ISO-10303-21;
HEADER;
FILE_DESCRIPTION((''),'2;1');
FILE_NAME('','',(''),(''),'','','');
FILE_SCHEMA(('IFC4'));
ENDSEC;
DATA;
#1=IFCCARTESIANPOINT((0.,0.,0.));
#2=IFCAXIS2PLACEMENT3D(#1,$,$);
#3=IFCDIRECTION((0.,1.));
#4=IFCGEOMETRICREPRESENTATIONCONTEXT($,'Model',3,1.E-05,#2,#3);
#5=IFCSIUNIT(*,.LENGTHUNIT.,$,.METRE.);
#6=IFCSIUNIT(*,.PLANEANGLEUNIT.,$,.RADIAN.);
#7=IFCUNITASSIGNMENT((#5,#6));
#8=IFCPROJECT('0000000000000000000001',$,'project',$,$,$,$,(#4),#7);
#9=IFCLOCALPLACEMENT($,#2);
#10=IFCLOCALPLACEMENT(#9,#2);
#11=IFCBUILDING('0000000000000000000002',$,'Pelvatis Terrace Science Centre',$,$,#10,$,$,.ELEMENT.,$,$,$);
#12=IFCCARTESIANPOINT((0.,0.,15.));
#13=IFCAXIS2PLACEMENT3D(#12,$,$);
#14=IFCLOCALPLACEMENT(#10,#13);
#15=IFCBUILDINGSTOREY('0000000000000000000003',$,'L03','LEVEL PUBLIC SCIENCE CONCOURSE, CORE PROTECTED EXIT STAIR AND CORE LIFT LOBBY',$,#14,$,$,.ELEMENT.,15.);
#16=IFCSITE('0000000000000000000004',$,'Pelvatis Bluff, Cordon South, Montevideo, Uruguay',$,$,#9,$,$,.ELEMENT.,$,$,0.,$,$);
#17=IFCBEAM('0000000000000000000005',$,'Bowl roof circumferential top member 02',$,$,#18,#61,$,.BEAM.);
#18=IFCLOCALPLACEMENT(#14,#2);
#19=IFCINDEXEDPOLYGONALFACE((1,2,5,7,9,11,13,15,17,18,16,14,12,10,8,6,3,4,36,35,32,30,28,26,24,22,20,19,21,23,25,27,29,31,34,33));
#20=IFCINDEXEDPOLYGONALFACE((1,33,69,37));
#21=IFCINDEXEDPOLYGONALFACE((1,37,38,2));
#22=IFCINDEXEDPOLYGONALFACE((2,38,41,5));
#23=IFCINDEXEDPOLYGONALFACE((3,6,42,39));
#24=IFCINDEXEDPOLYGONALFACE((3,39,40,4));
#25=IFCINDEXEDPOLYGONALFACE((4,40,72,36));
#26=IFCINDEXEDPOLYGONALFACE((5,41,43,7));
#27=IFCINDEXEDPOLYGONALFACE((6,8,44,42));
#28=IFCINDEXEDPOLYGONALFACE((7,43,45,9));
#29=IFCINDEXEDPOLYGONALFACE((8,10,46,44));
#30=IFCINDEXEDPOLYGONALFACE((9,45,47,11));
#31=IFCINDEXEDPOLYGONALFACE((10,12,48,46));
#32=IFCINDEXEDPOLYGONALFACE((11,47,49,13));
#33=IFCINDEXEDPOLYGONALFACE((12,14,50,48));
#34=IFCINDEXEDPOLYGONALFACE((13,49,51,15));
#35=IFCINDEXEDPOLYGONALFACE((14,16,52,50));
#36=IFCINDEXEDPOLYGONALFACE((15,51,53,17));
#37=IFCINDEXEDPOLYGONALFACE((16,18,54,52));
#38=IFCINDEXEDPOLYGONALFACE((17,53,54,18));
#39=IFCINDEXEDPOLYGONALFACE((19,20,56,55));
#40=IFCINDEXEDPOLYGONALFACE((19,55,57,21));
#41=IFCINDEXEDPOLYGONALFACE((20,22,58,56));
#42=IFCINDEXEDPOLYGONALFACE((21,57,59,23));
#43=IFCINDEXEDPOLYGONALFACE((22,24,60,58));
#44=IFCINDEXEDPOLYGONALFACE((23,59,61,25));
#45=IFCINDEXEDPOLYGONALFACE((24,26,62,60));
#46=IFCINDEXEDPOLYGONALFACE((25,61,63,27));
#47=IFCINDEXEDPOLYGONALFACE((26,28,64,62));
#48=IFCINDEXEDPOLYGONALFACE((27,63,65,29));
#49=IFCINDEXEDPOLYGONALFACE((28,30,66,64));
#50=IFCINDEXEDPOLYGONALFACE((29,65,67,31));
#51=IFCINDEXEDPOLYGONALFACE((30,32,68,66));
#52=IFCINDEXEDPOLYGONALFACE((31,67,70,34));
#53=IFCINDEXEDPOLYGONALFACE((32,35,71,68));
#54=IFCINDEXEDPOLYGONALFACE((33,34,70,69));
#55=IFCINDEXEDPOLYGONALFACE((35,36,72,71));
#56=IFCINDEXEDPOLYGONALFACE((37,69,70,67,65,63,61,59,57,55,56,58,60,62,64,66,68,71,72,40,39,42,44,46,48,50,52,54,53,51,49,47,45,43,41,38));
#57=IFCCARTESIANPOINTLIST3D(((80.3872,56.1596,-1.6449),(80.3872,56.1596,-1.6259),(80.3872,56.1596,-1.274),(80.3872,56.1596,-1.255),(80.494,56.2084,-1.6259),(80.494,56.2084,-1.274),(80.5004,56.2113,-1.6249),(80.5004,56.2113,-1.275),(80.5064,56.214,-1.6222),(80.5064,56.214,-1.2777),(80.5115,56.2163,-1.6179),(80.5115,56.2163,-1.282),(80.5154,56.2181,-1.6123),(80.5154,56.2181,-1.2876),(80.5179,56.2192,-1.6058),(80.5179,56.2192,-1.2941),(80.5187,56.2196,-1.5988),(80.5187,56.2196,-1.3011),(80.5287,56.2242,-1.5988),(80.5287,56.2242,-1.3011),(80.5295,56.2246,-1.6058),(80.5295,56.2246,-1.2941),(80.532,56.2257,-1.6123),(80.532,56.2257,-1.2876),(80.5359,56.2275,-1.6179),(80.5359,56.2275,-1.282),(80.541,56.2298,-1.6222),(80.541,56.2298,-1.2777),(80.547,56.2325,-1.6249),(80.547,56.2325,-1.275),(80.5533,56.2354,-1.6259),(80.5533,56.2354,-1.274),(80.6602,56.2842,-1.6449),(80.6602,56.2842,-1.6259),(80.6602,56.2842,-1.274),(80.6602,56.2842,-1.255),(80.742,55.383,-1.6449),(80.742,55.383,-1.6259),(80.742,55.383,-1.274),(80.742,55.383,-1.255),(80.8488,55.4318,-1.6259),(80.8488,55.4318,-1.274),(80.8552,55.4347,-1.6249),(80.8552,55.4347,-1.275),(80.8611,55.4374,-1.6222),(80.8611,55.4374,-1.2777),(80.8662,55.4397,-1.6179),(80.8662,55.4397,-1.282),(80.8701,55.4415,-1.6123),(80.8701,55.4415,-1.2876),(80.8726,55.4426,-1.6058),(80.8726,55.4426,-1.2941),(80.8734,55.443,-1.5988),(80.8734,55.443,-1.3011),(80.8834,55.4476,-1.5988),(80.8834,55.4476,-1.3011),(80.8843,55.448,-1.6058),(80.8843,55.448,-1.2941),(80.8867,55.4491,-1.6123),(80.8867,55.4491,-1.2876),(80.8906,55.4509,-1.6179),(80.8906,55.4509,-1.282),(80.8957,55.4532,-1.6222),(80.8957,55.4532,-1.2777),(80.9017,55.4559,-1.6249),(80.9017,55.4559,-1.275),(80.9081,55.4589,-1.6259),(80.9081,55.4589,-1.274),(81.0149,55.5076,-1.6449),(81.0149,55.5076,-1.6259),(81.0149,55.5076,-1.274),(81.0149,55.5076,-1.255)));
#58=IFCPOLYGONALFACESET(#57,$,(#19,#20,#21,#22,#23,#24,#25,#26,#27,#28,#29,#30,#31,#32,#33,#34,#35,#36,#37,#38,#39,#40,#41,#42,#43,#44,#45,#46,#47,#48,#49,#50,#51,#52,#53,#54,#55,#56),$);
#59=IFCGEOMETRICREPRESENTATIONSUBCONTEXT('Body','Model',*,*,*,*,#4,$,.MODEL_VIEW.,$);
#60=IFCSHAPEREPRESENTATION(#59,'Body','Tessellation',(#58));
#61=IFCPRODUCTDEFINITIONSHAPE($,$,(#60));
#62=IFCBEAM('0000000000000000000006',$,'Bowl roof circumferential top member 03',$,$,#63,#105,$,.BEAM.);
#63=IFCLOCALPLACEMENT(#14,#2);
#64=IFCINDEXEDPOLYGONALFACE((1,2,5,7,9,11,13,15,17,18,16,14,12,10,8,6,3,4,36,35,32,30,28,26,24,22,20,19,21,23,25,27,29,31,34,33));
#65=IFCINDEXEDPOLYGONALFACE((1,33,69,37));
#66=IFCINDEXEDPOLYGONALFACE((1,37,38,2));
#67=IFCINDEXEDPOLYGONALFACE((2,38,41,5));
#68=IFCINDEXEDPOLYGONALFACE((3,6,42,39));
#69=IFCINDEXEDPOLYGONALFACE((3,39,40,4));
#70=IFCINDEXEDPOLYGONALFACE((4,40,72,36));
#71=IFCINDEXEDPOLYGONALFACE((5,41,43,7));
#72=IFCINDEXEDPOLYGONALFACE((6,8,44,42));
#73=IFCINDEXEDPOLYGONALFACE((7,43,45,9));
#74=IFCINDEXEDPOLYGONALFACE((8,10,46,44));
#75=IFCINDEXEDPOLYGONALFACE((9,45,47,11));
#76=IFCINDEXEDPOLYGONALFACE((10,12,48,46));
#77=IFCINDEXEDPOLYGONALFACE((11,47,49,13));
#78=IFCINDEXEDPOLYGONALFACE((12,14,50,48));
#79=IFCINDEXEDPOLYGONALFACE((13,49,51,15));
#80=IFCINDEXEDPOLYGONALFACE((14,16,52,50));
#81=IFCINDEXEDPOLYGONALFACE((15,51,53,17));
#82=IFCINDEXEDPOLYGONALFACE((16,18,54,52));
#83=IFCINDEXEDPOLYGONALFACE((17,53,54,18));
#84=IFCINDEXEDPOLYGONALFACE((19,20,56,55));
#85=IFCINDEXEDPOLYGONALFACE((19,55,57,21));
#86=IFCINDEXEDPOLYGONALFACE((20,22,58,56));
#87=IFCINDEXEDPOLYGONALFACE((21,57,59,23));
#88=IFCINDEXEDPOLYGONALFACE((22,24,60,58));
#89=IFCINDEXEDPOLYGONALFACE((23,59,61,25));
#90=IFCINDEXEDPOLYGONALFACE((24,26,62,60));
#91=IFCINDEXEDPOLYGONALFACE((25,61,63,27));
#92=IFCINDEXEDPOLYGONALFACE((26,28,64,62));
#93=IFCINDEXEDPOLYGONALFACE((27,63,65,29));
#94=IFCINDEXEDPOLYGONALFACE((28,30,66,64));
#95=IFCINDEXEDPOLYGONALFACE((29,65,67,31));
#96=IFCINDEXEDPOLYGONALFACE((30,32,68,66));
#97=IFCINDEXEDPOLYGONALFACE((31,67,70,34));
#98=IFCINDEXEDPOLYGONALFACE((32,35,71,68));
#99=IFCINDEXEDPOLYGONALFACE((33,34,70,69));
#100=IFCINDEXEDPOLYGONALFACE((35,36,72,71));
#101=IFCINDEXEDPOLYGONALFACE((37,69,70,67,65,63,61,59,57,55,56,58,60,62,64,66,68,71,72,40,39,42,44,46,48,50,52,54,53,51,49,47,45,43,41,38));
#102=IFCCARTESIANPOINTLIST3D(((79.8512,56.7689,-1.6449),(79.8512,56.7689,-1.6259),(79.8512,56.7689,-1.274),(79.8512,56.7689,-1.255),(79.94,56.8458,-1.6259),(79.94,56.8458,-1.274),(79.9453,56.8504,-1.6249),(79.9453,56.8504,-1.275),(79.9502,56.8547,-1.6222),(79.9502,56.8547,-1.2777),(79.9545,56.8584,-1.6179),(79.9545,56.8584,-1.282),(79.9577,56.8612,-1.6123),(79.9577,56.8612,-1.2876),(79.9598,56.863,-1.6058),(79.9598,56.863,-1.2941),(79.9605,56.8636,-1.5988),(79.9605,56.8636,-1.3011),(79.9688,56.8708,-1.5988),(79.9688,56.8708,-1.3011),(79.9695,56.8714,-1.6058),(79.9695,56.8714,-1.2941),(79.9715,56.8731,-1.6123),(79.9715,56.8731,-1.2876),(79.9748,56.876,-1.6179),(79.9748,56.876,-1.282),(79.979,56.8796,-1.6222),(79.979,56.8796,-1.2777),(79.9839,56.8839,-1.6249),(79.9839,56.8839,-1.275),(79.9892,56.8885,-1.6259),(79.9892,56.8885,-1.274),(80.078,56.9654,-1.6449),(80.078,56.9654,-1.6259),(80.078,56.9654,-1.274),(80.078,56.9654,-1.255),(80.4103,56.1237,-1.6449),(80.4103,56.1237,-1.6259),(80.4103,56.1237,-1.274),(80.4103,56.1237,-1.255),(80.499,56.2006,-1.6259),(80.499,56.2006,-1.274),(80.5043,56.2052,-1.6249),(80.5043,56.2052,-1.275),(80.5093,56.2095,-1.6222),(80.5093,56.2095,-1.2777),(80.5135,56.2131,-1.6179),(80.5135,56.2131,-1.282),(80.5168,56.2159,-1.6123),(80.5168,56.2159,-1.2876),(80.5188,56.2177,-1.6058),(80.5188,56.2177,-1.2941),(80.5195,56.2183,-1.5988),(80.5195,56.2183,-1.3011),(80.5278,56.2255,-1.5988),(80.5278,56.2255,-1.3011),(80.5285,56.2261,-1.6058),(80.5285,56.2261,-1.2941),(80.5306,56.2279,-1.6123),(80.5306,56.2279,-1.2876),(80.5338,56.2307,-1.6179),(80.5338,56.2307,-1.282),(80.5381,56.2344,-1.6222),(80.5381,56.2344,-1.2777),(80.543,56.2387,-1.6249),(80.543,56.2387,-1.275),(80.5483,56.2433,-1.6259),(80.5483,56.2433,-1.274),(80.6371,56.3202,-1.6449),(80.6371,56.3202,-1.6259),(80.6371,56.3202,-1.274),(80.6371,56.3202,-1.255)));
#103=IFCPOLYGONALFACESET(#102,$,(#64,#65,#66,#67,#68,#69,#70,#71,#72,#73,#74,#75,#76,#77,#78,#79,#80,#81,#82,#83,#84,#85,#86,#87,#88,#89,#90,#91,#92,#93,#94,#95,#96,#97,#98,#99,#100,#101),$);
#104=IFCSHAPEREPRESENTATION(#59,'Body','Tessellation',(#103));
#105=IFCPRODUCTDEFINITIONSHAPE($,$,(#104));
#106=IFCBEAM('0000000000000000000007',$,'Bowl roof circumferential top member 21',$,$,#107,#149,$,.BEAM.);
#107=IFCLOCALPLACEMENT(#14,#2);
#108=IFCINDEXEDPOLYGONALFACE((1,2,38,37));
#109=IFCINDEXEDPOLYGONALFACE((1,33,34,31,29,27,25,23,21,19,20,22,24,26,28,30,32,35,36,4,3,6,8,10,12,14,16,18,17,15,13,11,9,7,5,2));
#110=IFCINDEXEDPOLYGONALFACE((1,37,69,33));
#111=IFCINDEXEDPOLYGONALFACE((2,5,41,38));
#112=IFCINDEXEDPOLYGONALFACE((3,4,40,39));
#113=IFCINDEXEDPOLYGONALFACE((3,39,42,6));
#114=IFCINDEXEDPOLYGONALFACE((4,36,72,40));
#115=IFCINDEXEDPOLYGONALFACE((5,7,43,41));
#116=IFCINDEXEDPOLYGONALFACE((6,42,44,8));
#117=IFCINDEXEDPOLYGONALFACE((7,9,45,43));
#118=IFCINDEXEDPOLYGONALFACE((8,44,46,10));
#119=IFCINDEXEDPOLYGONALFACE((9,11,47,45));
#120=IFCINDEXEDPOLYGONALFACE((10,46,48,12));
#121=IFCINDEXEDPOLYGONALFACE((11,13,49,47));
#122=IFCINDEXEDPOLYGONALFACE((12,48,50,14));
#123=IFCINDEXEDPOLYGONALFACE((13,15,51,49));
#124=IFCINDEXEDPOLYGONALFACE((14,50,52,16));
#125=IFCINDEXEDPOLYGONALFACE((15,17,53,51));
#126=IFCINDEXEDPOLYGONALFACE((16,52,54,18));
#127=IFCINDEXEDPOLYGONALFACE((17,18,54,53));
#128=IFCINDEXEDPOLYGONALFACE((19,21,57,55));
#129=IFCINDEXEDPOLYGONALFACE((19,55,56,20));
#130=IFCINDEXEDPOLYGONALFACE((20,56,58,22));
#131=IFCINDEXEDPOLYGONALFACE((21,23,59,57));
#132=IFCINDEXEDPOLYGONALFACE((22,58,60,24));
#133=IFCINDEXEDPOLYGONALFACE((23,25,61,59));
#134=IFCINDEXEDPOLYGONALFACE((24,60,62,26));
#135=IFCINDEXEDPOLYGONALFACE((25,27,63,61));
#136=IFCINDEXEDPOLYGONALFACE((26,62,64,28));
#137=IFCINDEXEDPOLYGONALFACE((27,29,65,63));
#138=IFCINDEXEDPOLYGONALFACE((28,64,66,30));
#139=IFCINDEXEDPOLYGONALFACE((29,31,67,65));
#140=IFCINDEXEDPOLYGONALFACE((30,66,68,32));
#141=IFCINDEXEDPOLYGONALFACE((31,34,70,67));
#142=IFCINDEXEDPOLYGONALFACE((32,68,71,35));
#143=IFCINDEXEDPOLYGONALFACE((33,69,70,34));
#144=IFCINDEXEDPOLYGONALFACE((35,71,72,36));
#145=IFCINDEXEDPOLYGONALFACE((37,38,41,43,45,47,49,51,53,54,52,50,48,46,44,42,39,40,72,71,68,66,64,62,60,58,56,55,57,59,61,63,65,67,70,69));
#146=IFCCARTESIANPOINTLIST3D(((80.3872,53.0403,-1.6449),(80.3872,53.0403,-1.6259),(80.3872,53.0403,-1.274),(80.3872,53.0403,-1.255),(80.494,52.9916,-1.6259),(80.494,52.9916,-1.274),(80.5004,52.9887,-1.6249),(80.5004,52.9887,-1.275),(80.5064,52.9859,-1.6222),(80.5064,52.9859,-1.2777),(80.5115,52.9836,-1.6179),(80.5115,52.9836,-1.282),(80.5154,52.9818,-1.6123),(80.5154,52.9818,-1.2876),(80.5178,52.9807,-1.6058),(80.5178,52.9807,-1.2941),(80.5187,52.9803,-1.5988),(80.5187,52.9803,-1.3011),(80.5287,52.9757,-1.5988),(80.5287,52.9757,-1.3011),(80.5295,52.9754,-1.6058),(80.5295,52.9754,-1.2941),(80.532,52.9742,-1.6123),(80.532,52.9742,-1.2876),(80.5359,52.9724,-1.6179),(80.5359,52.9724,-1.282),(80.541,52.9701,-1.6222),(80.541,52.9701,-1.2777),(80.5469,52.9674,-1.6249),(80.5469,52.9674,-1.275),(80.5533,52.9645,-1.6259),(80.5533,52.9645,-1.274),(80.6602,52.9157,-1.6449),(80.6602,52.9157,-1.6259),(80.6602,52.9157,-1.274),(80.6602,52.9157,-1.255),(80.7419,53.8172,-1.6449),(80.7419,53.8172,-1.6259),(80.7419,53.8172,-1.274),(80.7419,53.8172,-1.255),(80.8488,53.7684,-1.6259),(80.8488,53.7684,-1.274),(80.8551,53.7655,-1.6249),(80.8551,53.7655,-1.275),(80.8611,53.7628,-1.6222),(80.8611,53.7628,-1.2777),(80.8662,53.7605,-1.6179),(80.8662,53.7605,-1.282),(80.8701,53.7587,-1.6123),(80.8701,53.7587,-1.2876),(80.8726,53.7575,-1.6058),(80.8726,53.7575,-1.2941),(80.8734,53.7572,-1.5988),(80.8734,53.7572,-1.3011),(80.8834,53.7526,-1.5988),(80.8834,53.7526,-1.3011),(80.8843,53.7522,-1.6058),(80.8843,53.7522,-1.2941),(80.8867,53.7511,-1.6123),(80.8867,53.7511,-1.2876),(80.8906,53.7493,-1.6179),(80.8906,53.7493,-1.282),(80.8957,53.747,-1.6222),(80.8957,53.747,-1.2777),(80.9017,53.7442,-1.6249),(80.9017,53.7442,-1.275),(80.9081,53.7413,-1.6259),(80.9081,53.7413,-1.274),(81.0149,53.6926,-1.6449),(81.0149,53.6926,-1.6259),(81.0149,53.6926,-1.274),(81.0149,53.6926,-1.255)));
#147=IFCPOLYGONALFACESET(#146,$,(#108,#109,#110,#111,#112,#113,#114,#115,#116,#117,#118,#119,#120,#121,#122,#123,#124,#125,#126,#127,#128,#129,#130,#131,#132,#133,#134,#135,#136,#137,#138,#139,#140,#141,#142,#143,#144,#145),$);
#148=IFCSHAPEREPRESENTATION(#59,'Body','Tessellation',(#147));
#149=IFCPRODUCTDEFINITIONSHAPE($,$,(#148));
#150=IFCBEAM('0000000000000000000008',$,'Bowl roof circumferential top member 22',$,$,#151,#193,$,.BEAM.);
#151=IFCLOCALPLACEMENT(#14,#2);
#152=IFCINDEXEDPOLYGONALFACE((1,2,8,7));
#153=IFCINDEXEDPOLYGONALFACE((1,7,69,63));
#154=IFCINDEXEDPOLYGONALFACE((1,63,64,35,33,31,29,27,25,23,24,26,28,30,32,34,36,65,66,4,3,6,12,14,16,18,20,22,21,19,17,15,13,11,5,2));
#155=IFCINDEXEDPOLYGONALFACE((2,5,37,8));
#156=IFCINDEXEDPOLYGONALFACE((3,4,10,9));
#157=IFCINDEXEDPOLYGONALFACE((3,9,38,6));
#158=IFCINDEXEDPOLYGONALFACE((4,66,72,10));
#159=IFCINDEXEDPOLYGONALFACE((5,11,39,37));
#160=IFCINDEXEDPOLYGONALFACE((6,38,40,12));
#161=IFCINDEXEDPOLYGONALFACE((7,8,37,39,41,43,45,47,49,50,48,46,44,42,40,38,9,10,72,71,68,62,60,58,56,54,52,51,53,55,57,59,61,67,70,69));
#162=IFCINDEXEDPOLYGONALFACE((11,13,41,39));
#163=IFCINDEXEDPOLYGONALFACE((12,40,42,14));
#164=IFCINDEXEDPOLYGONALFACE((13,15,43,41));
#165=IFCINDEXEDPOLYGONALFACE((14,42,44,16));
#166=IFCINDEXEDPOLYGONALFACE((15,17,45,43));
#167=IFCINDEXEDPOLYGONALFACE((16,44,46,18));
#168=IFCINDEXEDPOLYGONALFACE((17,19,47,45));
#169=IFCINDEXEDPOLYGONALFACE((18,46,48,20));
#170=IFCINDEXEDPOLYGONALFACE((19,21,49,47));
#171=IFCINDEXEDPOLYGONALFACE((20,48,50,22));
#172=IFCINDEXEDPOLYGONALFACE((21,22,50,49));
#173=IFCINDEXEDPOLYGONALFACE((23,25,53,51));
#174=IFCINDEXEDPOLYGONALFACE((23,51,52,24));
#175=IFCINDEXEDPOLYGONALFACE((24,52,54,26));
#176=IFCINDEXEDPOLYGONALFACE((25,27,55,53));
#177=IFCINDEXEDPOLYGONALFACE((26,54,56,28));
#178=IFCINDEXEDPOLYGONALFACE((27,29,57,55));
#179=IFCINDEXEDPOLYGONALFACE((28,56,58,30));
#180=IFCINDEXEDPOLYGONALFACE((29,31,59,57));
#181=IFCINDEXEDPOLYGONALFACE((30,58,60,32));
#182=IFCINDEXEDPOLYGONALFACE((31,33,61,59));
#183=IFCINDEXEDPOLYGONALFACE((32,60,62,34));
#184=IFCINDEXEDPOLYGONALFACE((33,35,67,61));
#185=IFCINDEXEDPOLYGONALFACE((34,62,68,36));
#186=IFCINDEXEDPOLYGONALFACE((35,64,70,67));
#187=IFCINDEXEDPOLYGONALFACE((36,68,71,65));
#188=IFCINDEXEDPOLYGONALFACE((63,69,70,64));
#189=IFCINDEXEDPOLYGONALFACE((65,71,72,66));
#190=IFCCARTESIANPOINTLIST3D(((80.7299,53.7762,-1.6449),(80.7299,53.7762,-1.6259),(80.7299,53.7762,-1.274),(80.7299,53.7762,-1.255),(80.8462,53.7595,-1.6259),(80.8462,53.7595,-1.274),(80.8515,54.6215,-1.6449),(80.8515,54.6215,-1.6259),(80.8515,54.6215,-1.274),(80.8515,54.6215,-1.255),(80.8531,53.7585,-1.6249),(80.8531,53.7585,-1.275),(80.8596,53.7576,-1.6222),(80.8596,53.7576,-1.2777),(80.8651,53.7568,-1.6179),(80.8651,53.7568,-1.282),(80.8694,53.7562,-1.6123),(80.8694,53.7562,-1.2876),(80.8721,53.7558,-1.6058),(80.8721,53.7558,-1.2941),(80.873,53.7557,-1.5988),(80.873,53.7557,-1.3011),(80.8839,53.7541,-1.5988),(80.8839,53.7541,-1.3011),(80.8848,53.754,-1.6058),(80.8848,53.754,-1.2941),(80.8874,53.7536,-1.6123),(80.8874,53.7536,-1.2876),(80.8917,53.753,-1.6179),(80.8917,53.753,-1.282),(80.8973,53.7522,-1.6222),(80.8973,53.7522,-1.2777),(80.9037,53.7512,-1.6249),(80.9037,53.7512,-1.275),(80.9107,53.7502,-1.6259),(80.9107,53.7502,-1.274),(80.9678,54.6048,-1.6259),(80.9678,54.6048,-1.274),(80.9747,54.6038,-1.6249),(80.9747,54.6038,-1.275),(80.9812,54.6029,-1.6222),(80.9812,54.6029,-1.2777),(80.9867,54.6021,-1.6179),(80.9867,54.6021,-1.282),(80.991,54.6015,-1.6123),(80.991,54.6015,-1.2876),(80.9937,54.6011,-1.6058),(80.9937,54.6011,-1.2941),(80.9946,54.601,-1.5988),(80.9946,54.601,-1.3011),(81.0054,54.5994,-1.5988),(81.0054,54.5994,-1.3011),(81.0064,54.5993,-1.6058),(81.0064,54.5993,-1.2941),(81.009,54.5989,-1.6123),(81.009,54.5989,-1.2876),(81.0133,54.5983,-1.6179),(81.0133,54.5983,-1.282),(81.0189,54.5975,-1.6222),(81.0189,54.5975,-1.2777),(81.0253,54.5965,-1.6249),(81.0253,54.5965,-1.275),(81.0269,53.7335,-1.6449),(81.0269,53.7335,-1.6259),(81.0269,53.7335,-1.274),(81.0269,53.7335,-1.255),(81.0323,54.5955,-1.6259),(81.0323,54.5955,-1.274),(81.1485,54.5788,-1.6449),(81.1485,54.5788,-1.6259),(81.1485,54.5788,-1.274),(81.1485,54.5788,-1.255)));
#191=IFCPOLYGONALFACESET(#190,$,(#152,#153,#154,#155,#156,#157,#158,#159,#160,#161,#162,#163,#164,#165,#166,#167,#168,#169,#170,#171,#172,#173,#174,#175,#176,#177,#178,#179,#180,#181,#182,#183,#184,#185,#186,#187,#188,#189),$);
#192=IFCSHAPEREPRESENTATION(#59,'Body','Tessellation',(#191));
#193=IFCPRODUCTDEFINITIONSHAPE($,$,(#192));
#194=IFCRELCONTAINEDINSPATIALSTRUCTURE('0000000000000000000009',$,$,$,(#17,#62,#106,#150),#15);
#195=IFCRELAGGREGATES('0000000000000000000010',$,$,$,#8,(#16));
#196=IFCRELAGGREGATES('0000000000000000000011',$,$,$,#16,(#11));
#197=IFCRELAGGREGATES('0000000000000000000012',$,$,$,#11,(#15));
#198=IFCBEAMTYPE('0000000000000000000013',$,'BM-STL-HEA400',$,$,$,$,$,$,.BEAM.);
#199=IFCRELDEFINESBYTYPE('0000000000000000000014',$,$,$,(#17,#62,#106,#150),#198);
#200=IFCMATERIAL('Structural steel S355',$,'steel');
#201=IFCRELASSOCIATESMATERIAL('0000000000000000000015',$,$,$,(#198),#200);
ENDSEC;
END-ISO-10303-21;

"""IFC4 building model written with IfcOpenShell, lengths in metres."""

from ifc_helpers import new_model, si_unit, direction, frame, origin, origin_2d, place, context, subcontext, project, spatial, i_section, extrude, material, material_profile, profile_set, type_object, element, save


model = new_model("IFC4")

# Units and contexts
model_context = context("Model", 3, precision=1e-05, world=origin(), true_north=direction((0.0, 1.0)))
body_context = subcontext(model_context, "Body", "Model", "MODEL_VIEW")
ifc_project = project(units=[si_unit("LENGTHUNIT", "METRE"), si_unit("PLANEANGLEUNIT", "RADIAN")], contexts=[model_context])

# Site, building, storey
site_placement = place(None, origin())
site = spatial("IfcSite", under=ifc_project, at=site_placement, Name="Pelvatis Bluff, Cordon South, Montevideo, Uruguay", CompositionType="ELEMENT", RefElevation=0.0)
building_placement = place(site_placement, origin())
building = spatial("IfcBuilding", under=site, at=building_placement, Name="Pelvatis Terrace Science Centre", CompositionType="ELEMENT")
storey_placement = place(building_placement, frame((0.0, 0.0, 15.0)))
storey = spatial("IfcBuildingStorey", under=building, at=storey_placement, Name="L03", Description="LEVEL PUBLIC SCIENCE CONCOURSE, CORE PROTECTED EXIT STAIR AND CORE LIFT LOBBY", CompositionType="ELEMENT", Elevation=15.0)

# Beams
ifc_material_1 = material(Name="Structural steel S355", Category="steel")
ifc_material_profile_1 = material_profile(ifc_material_1, i_section(OverallWidth=0.3, OverallDepth=0.3899, WebThickness=0.011, FlangeThickness=0.019, FilletRadius=0.0271, at=origin_2d()), Name="HEA 400")
ifc_profile_set_1 = profile_set([ifc_material_profile_1], Name="Structural steel S355")
beam_type_1 = type_object("IfcBeamType", Name="BM-STL-HEA400", PredefinedType="BEAM", material=ifc_profile_set_1)
for number, where, z_axis, x_axis, name in (
    (1, (80.8784, 55.4453, -1.45), (-0.415483, 0.909601, 0.0), (-0.909601, -0.415483, 0.0), "Bowl roof circumferential top member 02"),
    (2, (80.5237, 56.2219, -1.45), (-0.654833, 0.755774, 0.0), (-0.755774, -0.654833, 0.0), "Bowl roof circumferential top member 03"),
):
    element("IfcBeam", number, at=place(storey_placement, frame(where, z_axis=z_axis, x_axis=x_axis)), inside=storey, type_object=beam_type_1, Name=name, PredefinedType="BEAM", context=body_context, shape_type="SweptSolid", body=[
        extrude(i_section(OverallWidth=0.3, OverallDepth=0.3899, WebThickness=0.011, FlangeThickness=0.019, FilletRadius=0.0271, at=origin_2d()), origin(), (0.0, 0.0, 1.0), 0.8538),
    ])
for number, where, z_axis, x_axis, name in (
    (3, (80.5237, 52.978, -1.45), (0.415375, 0.90965, 0.0), (-0.90965, 0.415375, 0.0), "Bowl roof circumferential top member 21"),
    (4, (80.8784, 53.7549, -1.45), (0.142382, 0.989812, 0.0), (-0.989812, 0.142382, 0.0), "Bowl roof circumferential top member 22"),
):
    element("IfcBeam", number, at=place(storey_placement, frame(where, z_axis=z_axis, x_axis=x_axis)), inside=storey, type_object=beam_type_1, Name=name, PredefinedType="BEAM", context=body_context, shape_type="SweptSolid", body=[
        extrude(i_section(OverallWidth=0.3, OverallDepth=0.3899, WebThickness=0.011, FlangeThickness=0.019, FilletRadius=0.0271, at=origin_2d()), origin(), (0.0, 0.0, 1.0), 0.854),
    ])

save(model, "model.ifc")
